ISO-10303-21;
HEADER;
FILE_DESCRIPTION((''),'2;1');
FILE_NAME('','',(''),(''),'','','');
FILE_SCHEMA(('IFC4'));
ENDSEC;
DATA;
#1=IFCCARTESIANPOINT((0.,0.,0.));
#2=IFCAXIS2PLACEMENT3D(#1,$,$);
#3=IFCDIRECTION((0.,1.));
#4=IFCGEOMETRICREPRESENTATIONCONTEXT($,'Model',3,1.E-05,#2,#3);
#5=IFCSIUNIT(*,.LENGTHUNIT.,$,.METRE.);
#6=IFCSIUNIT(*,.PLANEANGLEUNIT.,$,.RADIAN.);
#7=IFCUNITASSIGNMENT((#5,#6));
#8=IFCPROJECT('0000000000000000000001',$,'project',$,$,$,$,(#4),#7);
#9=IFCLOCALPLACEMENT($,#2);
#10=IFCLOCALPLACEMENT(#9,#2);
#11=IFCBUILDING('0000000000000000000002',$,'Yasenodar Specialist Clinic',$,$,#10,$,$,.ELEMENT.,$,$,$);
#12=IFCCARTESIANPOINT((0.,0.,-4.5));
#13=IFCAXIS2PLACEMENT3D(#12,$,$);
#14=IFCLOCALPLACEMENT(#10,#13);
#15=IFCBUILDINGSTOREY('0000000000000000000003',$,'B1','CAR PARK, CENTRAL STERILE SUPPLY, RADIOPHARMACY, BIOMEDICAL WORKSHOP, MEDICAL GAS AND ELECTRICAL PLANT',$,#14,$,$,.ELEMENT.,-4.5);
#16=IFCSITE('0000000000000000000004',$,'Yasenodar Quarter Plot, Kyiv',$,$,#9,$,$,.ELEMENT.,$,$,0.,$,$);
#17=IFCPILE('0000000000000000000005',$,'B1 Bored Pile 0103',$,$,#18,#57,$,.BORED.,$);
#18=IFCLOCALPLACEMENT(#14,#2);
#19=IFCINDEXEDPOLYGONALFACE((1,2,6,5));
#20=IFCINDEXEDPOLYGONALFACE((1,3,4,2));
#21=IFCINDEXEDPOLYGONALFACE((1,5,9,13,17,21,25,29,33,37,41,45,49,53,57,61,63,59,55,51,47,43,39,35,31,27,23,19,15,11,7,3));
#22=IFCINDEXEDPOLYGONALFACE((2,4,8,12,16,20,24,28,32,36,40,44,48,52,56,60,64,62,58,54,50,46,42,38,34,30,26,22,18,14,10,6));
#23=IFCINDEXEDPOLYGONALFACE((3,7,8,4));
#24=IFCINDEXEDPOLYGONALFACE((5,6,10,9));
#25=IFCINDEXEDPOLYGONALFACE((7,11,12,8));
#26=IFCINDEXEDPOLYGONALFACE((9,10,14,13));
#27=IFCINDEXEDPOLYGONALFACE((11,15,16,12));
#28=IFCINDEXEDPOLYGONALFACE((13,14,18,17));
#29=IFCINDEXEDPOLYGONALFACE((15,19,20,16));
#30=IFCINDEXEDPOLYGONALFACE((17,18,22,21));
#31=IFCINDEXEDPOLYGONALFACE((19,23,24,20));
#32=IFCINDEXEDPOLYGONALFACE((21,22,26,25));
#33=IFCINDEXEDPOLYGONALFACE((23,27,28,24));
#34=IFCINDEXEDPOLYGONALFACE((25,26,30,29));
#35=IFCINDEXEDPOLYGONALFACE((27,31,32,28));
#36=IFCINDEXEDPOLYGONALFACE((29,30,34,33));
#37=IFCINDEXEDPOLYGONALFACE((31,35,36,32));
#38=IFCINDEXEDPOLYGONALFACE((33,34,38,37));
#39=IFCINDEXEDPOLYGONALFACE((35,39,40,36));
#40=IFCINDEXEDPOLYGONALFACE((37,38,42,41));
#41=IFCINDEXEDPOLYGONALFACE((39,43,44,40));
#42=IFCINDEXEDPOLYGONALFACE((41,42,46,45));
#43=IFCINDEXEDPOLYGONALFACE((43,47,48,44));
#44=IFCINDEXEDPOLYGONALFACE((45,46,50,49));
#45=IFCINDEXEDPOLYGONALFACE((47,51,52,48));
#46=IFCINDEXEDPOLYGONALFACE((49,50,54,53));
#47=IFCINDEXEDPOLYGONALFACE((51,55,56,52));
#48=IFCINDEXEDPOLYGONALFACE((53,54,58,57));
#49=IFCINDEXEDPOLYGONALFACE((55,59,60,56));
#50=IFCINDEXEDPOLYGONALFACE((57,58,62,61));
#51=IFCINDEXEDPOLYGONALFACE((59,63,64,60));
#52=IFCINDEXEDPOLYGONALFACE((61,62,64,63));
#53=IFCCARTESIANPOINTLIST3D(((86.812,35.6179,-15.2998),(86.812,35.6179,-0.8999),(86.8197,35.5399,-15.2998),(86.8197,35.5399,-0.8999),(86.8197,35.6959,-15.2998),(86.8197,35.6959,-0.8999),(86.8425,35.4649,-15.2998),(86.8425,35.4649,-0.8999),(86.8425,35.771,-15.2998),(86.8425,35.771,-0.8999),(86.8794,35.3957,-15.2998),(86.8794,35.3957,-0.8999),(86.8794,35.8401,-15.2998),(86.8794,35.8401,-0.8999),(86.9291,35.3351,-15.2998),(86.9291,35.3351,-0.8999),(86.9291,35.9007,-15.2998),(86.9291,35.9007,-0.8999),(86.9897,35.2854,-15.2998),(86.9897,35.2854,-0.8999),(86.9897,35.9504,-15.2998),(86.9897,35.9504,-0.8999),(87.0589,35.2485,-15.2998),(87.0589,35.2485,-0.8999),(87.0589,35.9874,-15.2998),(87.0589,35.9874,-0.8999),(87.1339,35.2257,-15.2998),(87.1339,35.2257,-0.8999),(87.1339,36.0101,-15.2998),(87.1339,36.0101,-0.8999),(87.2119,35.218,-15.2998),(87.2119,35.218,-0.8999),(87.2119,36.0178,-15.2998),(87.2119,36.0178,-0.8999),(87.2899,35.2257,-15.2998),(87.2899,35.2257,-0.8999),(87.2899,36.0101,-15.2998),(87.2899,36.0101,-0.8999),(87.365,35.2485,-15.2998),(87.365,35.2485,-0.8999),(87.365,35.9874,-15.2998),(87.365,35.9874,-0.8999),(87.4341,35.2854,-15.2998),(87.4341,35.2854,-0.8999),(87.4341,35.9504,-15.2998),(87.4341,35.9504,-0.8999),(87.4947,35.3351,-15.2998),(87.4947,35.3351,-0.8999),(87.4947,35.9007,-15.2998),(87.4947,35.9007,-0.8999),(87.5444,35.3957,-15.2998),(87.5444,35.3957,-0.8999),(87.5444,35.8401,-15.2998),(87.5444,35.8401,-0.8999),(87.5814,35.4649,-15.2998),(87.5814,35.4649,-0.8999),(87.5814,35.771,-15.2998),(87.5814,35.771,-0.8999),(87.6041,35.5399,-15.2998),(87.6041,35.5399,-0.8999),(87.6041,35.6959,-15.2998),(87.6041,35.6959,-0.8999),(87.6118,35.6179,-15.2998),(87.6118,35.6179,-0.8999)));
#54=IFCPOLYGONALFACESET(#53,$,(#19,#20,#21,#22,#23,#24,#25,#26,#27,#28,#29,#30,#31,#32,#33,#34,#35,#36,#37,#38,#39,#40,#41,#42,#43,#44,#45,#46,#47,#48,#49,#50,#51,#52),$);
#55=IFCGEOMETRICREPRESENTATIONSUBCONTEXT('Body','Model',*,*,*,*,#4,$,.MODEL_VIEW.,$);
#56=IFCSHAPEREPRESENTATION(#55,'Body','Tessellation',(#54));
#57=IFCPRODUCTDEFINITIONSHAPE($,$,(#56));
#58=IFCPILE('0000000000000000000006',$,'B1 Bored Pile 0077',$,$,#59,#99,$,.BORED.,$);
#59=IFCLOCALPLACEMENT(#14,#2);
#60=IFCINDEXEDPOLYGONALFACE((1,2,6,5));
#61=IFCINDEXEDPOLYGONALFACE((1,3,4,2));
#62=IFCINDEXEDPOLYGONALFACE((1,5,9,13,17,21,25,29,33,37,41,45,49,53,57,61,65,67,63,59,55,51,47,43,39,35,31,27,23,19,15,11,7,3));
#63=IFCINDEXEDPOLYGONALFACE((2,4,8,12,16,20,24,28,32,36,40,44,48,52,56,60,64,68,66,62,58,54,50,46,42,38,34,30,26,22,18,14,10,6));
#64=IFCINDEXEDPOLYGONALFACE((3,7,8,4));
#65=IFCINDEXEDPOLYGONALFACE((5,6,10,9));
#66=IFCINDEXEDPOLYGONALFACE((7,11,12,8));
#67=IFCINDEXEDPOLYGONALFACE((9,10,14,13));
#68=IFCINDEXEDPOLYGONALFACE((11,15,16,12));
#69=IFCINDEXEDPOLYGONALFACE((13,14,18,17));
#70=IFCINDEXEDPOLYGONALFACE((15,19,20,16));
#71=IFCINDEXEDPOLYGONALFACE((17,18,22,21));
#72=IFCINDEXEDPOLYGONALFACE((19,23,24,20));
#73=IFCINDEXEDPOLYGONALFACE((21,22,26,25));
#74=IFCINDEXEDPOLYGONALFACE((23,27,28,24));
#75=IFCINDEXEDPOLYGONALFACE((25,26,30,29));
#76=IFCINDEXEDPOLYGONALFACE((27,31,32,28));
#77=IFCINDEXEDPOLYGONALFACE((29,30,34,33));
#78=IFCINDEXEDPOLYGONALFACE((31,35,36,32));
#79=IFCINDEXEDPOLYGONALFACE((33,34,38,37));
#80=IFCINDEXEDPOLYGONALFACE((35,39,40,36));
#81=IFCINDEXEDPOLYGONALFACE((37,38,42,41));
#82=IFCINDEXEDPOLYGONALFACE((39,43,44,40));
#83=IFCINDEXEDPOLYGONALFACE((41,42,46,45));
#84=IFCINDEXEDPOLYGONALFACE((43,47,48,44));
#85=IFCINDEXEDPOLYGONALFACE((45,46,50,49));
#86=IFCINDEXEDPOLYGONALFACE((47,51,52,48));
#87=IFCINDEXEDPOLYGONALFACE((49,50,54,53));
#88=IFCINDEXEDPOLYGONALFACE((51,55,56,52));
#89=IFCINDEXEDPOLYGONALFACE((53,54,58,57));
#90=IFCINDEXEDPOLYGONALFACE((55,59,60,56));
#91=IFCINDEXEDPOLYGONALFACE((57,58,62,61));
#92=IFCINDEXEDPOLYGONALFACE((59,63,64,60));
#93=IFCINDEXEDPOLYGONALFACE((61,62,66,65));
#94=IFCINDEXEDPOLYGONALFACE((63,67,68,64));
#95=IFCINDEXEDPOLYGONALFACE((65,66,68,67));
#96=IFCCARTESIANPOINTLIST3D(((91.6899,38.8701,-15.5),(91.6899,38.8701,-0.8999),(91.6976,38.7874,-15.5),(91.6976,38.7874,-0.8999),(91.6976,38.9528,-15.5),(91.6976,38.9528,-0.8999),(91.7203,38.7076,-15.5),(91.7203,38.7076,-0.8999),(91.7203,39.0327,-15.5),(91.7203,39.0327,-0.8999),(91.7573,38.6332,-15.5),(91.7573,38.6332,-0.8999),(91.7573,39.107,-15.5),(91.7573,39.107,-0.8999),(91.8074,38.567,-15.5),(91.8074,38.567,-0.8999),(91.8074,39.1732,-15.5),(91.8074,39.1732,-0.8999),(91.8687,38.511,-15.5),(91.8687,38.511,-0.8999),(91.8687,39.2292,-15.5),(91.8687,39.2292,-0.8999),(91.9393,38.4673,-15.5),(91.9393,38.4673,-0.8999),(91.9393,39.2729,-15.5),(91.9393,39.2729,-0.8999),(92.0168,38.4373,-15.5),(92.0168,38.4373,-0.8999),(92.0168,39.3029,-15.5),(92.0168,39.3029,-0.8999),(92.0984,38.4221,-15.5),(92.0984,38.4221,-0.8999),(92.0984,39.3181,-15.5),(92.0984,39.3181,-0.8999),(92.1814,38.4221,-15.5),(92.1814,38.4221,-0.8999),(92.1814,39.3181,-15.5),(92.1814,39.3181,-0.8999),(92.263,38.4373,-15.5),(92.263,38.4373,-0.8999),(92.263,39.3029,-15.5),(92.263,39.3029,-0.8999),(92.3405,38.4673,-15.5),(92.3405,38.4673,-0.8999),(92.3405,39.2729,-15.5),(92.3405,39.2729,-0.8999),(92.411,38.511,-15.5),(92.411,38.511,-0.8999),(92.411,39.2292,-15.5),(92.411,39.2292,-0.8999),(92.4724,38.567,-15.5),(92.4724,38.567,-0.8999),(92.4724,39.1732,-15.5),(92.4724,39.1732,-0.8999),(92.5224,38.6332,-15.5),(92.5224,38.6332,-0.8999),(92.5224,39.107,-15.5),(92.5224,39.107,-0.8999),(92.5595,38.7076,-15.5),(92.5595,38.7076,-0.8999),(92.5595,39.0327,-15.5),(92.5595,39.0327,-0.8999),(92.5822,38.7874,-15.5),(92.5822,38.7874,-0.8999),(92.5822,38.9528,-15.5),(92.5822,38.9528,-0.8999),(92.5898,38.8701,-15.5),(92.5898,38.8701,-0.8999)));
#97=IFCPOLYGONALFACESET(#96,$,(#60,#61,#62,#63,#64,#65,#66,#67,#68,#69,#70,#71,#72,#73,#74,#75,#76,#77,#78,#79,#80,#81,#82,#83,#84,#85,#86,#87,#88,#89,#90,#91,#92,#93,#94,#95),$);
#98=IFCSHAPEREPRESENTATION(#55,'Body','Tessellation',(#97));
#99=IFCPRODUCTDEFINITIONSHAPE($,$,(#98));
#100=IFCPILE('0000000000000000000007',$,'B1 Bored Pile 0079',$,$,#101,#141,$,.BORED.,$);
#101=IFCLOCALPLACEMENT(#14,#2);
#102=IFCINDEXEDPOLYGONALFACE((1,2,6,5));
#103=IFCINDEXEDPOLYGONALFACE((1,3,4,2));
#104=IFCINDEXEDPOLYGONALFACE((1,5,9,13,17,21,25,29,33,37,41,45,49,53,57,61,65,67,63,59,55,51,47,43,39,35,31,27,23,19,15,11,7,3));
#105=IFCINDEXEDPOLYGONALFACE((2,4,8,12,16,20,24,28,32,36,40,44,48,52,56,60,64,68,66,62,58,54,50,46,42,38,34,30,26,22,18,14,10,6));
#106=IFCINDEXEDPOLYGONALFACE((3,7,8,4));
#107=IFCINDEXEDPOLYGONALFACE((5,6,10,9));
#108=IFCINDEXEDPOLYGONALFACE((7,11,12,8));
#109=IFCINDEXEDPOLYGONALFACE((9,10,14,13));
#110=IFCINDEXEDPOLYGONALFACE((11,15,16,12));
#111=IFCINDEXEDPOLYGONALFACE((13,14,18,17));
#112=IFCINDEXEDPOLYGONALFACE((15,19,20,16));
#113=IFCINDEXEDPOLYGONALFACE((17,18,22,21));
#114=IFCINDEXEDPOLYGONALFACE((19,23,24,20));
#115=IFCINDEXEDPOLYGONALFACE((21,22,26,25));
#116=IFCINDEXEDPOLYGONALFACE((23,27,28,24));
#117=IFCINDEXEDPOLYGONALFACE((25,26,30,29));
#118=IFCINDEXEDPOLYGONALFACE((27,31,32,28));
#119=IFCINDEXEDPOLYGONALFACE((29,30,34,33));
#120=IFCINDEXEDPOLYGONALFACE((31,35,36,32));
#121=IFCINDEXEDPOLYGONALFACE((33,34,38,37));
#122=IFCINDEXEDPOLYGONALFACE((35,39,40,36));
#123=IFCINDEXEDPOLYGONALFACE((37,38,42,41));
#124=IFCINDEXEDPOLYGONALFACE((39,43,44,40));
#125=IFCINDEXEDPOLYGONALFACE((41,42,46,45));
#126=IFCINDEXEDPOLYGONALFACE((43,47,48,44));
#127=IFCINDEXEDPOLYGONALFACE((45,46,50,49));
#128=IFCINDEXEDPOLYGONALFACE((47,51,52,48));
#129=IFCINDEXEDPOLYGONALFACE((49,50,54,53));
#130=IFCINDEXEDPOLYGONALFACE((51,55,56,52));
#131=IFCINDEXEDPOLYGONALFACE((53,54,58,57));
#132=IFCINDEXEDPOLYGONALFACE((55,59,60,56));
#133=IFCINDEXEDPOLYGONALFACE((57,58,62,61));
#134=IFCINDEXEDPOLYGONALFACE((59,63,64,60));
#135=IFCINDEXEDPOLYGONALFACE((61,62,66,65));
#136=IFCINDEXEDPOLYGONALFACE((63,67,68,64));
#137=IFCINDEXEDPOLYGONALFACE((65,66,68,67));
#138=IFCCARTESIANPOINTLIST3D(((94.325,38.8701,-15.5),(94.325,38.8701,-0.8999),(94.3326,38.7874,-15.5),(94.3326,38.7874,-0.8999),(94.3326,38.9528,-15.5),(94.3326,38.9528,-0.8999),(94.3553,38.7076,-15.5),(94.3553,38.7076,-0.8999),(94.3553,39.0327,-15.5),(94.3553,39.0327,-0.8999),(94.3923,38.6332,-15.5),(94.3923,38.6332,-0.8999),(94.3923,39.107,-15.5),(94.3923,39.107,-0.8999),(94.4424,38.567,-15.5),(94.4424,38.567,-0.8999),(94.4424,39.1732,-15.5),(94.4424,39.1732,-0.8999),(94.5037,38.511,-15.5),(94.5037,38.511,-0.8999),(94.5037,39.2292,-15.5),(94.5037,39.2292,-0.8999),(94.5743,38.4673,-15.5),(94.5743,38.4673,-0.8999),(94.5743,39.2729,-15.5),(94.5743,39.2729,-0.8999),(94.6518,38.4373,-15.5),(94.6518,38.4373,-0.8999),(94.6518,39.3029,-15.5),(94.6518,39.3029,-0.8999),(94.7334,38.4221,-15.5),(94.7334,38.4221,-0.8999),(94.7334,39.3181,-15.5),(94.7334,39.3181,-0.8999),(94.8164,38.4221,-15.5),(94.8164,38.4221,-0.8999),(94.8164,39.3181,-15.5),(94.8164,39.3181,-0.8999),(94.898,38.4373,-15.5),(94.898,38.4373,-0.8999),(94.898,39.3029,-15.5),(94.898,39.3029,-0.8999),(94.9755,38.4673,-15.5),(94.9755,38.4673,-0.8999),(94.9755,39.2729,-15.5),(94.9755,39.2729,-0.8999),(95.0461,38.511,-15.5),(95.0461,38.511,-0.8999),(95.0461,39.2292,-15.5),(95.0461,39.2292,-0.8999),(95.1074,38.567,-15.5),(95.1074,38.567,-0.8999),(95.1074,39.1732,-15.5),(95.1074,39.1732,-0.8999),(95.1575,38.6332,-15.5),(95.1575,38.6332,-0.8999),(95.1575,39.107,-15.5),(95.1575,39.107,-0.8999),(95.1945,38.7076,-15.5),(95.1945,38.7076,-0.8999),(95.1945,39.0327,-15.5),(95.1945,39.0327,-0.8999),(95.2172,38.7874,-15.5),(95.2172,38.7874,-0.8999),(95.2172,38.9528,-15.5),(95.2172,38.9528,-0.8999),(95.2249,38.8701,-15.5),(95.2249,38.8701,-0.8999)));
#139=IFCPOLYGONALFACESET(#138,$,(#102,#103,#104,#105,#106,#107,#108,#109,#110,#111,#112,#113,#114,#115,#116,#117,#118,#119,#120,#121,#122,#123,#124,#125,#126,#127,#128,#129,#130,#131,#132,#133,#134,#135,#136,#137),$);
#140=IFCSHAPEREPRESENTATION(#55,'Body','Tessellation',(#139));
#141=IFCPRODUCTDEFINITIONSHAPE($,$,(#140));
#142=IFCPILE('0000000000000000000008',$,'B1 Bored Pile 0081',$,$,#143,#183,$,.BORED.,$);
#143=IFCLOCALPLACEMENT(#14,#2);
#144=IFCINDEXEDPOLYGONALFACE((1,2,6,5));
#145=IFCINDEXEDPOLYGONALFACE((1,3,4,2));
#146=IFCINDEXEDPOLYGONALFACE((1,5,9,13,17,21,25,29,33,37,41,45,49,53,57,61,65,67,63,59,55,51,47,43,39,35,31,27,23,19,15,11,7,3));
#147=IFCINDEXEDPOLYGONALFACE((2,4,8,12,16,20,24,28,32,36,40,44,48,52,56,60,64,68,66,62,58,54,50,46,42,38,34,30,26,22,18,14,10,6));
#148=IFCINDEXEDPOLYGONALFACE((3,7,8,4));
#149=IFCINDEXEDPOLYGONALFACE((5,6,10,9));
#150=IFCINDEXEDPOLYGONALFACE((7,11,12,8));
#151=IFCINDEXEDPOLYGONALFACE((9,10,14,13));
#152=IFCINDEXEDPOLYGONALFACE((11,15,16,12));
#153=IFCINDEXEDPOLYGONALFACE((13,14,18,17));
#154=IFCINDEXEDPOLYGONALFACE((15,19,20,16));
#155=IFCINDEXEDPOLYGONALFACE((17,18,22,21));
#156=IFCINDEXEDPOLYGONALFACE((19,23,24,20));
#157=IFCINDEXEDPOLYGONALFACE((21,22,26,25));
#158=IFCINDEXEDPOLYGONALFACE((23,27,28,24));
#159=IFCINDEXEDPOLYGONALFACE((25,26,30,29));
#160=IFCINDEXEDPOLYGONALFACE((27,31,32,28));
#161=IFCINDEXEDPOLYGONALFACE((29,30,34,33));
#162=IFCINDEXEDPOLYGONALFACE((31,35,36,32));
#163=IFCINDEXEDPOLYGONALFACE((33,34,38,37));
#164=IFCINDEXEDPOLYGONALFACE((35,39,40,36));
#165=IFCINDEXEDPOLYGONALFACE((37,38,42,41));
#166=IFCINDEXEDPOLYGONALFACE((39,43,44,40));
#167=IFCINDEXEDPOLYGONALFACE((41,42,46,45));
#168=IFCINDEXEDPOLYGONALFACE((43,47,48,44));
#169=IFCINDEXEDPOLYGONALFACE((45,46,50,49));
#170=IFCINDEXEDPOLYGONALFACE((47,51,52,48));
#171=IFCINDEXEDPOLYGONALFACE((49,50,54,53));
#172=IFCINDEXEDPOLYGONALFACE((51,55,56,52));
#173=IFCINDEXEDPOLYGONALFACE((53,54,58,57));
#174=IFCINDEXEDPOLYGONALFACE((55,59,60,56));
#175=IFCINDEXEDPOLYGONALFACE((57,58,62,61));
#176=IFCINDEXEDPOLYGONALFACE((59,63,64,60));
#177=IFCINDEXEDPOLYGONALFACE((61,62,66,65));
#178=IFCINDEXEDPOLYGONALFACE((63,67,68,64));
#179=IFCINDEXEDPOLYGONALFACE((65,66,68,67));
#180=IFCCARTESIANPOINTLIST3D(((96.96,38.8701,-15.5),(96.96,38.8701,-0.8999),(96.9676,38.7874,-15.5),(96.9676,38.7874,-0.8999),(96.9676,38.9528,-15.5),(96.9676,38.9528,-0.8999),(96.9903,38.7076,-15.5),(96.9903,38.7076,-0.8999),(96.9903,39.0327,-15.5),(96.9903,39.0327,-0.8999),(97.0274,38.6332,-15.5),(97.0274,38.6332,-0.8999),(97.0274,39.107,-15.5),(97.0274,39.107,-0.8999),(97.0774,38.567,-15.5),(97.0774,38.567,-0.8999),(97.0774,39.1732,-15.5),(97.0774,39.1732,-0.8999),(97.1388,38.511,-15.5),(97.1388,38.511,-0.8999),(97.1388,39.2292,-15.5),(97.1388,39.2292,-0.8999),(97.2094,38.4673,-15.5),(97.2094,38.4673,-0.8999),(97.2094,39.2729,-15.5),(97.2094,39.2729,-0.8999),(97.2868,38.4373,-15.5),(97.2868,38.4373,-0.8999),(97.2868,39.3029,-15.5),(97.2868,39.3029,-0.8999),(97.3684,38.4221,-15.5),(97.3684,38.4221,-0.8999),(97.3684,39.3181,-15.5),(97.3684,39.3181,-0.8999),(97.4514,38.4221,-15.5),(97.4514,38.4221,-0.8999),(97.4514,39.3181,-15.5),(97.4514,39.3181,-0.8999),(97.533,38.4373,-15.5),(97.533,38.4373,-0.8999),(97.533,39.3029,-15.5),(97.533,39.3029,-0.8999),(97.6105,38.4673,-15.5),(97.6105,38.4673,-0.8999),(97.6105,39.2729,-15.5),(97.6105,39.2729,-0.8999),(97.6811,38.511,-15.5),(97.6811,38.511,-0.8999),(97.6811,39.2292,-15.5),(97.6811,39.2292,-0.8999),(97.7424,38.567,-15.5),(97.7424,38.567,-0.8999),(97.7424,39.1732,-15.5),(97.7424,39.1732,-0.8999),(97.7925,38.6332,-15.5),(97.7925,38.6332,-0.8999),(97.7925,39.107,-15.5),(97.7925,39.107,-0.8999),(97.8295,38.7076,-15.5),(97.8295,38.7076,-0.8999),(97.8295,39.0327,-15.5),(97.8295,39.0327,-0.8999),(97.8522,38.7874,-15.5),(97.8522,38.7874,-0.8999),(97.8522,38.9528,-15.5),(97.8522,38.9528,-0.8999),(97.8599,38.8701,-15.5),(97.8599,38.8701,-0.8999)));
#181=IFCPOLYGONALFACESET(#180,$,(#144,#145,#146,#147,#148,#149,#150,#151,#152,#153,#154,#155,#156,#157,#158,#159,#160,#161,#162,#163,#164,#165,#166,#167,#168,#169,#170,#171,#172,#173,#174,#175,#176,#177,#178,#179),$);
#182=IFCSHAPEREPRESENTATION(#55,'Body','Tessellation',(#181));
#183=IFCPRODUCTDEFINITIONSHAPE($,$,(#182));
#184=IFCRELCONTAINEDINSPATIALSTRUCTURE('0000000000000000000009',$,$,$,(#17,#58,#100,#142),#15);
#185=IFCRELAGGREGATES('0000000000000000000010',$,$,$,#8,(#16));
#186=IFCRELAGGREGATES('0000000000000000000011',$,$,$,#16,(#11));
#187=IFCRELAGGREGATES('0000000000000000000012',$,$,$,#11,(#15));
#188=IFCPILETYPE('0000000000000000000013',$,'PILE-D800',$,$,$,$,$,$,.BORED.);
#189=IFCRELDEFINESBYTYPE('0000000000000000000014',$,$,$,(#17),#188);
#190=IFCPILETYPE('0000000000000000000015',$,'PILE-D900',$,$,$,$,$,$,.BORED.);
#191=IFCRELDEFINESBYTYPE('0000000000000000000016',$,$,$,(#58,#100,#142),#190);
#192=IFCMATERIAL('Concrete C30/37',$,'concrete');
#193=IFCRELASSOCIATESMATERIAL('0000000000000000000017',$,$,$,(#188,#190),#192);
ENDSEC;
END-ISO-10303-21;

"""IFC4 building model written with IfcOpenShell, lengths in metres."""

from ifc_helpers import new_model, si_unit, direction, frame, origin, origin_2d, place, context, subcontext, project, spatial, circle, extrude, material, material_profile, profile_set, type_object, element, save


model = new_model("IFC4")

# Units and contexts
model_context = context("Model", 3, precision=1e-05, world=origin(), true_north=direction((0.0, 1.0)))
body_context = subcontext(model_context, "Body", "Model", "MODEL_VIEW")
ifc_project = project(units=[si_unit("LENGTHUNIT", "METRE"), si_unit("PLANEANGLEUNIT", "RADIAN")], contexts=[model_context])

# Site, building, storey
site_placement = place(None, origin())
site = spatial("IfcSite", under=ifc_project, at=site_placement, Name="Yasenodar Quarter Plot, Kyiv", CompositionType="ELEMENT", RefElevation=0.0)
building_placement = place(site_placement, origin())
building = spatial("IfcBuilding", under=site, at=building_placement, Name="Yasenodar Specialist Clinic", CompositionType="ELEMENT")
storey_placement = place(building_placement, frame((0.0, 0.0, -4.5)))
storey = spatial("IfcBuildingStorey", under=building, at=storey_placement, Name="B1", Description="CAR PARK, CENTRAL STERILE SUPPLY, RADIOPHARMACY, BIOMEDICAL WORKSHOP, MEDICAL GAS AND ELECTRICAL PLANT", CompositionType="ELEMENT", Elevation=-4.5)

# Piles
ifc_material_1 = material(Name="Concrete C30/37", Category="concrete")
ifc_material_profile_1 = material_profile(ifc_material_1, circle(Radius=0.3999, at=origin_2d()), Name="PILE D800")
ifc_profile_set_1 = profile_set([ifc_material_profile_1], Name="Concrete C30/37")
pile_type_1 = type_object("IfcPileType", Name="PILE-D800", PredefinedType="BORED", material=ifc_profile_set_1)
for number, where, z_axis, x_axis, name in (
    (1, (87.2119, 35.6179, -0.8999), (0.0, 0.0, -1.0), (1.0, 0.0, 0.0), "B1 Bored Pile 0103"),
):
    element("IfcPile", number, at=place(storey_placement, frame(where, z_axis=z_axis, x_axis=x_axis)), inside=storey, type_object=pile_type_1, Name=name, PredefinedType="BORED", context=body_context, shape_type="SweptSolid", body=[
        extrude(circle(Radius=0.3999, at=origin_2d()), origin(), (0.0, 0.0, 1.0), 14.3999),
    ])
ifc_material_profile_2 = material_profile(ifc_material_1, circle(Radius=0.45, at=origin_2d()), Name="PILE D900")
ifc_profile_set_2 = profile_set([ifc_material_profile_2], Name="Concrete C30/37")
pile_type_2 = type_object("IfcPileType", Name="PILE-D900", PredefinedType="BORED", material=ifc_profile_set_2)
for number, where, z_axis, x_axis, name in (
    (2, (92.1399, 38.8701, -0.8999), (0.0, 0.0, -1.0), (1.0, 0.0, 0.0), "B1 Bored Pile 0077"),
    (3, (94.7749, 38.8701, -0.8999), (0.0, 0.0, -1.0), (1.0, 0.0, 0.0), "B1 Bored Pile 0079"),
    (4, (97.4099, 38.8701, -0.8999), (0.0, 0.0, -1.0), (1.0, 0.0, 0.0), "B1 Bored Pile 0081"),
):
    element("IfcPile", number, at=place(storey_placement, frame(where, z_axis=z_axis, x_axis=x_axis)), inside=storey, type_object=pile_type_2, Name=name, PredefinedType="BORED", context=body_context, shape_type="SweptSolid", body=[
        extrude(circle(Radius=0.45, at=origin_2d()), origin(), (0.0, 0.0, 1.0), 14.6001),
    ])

save(model, "model.ifc")
